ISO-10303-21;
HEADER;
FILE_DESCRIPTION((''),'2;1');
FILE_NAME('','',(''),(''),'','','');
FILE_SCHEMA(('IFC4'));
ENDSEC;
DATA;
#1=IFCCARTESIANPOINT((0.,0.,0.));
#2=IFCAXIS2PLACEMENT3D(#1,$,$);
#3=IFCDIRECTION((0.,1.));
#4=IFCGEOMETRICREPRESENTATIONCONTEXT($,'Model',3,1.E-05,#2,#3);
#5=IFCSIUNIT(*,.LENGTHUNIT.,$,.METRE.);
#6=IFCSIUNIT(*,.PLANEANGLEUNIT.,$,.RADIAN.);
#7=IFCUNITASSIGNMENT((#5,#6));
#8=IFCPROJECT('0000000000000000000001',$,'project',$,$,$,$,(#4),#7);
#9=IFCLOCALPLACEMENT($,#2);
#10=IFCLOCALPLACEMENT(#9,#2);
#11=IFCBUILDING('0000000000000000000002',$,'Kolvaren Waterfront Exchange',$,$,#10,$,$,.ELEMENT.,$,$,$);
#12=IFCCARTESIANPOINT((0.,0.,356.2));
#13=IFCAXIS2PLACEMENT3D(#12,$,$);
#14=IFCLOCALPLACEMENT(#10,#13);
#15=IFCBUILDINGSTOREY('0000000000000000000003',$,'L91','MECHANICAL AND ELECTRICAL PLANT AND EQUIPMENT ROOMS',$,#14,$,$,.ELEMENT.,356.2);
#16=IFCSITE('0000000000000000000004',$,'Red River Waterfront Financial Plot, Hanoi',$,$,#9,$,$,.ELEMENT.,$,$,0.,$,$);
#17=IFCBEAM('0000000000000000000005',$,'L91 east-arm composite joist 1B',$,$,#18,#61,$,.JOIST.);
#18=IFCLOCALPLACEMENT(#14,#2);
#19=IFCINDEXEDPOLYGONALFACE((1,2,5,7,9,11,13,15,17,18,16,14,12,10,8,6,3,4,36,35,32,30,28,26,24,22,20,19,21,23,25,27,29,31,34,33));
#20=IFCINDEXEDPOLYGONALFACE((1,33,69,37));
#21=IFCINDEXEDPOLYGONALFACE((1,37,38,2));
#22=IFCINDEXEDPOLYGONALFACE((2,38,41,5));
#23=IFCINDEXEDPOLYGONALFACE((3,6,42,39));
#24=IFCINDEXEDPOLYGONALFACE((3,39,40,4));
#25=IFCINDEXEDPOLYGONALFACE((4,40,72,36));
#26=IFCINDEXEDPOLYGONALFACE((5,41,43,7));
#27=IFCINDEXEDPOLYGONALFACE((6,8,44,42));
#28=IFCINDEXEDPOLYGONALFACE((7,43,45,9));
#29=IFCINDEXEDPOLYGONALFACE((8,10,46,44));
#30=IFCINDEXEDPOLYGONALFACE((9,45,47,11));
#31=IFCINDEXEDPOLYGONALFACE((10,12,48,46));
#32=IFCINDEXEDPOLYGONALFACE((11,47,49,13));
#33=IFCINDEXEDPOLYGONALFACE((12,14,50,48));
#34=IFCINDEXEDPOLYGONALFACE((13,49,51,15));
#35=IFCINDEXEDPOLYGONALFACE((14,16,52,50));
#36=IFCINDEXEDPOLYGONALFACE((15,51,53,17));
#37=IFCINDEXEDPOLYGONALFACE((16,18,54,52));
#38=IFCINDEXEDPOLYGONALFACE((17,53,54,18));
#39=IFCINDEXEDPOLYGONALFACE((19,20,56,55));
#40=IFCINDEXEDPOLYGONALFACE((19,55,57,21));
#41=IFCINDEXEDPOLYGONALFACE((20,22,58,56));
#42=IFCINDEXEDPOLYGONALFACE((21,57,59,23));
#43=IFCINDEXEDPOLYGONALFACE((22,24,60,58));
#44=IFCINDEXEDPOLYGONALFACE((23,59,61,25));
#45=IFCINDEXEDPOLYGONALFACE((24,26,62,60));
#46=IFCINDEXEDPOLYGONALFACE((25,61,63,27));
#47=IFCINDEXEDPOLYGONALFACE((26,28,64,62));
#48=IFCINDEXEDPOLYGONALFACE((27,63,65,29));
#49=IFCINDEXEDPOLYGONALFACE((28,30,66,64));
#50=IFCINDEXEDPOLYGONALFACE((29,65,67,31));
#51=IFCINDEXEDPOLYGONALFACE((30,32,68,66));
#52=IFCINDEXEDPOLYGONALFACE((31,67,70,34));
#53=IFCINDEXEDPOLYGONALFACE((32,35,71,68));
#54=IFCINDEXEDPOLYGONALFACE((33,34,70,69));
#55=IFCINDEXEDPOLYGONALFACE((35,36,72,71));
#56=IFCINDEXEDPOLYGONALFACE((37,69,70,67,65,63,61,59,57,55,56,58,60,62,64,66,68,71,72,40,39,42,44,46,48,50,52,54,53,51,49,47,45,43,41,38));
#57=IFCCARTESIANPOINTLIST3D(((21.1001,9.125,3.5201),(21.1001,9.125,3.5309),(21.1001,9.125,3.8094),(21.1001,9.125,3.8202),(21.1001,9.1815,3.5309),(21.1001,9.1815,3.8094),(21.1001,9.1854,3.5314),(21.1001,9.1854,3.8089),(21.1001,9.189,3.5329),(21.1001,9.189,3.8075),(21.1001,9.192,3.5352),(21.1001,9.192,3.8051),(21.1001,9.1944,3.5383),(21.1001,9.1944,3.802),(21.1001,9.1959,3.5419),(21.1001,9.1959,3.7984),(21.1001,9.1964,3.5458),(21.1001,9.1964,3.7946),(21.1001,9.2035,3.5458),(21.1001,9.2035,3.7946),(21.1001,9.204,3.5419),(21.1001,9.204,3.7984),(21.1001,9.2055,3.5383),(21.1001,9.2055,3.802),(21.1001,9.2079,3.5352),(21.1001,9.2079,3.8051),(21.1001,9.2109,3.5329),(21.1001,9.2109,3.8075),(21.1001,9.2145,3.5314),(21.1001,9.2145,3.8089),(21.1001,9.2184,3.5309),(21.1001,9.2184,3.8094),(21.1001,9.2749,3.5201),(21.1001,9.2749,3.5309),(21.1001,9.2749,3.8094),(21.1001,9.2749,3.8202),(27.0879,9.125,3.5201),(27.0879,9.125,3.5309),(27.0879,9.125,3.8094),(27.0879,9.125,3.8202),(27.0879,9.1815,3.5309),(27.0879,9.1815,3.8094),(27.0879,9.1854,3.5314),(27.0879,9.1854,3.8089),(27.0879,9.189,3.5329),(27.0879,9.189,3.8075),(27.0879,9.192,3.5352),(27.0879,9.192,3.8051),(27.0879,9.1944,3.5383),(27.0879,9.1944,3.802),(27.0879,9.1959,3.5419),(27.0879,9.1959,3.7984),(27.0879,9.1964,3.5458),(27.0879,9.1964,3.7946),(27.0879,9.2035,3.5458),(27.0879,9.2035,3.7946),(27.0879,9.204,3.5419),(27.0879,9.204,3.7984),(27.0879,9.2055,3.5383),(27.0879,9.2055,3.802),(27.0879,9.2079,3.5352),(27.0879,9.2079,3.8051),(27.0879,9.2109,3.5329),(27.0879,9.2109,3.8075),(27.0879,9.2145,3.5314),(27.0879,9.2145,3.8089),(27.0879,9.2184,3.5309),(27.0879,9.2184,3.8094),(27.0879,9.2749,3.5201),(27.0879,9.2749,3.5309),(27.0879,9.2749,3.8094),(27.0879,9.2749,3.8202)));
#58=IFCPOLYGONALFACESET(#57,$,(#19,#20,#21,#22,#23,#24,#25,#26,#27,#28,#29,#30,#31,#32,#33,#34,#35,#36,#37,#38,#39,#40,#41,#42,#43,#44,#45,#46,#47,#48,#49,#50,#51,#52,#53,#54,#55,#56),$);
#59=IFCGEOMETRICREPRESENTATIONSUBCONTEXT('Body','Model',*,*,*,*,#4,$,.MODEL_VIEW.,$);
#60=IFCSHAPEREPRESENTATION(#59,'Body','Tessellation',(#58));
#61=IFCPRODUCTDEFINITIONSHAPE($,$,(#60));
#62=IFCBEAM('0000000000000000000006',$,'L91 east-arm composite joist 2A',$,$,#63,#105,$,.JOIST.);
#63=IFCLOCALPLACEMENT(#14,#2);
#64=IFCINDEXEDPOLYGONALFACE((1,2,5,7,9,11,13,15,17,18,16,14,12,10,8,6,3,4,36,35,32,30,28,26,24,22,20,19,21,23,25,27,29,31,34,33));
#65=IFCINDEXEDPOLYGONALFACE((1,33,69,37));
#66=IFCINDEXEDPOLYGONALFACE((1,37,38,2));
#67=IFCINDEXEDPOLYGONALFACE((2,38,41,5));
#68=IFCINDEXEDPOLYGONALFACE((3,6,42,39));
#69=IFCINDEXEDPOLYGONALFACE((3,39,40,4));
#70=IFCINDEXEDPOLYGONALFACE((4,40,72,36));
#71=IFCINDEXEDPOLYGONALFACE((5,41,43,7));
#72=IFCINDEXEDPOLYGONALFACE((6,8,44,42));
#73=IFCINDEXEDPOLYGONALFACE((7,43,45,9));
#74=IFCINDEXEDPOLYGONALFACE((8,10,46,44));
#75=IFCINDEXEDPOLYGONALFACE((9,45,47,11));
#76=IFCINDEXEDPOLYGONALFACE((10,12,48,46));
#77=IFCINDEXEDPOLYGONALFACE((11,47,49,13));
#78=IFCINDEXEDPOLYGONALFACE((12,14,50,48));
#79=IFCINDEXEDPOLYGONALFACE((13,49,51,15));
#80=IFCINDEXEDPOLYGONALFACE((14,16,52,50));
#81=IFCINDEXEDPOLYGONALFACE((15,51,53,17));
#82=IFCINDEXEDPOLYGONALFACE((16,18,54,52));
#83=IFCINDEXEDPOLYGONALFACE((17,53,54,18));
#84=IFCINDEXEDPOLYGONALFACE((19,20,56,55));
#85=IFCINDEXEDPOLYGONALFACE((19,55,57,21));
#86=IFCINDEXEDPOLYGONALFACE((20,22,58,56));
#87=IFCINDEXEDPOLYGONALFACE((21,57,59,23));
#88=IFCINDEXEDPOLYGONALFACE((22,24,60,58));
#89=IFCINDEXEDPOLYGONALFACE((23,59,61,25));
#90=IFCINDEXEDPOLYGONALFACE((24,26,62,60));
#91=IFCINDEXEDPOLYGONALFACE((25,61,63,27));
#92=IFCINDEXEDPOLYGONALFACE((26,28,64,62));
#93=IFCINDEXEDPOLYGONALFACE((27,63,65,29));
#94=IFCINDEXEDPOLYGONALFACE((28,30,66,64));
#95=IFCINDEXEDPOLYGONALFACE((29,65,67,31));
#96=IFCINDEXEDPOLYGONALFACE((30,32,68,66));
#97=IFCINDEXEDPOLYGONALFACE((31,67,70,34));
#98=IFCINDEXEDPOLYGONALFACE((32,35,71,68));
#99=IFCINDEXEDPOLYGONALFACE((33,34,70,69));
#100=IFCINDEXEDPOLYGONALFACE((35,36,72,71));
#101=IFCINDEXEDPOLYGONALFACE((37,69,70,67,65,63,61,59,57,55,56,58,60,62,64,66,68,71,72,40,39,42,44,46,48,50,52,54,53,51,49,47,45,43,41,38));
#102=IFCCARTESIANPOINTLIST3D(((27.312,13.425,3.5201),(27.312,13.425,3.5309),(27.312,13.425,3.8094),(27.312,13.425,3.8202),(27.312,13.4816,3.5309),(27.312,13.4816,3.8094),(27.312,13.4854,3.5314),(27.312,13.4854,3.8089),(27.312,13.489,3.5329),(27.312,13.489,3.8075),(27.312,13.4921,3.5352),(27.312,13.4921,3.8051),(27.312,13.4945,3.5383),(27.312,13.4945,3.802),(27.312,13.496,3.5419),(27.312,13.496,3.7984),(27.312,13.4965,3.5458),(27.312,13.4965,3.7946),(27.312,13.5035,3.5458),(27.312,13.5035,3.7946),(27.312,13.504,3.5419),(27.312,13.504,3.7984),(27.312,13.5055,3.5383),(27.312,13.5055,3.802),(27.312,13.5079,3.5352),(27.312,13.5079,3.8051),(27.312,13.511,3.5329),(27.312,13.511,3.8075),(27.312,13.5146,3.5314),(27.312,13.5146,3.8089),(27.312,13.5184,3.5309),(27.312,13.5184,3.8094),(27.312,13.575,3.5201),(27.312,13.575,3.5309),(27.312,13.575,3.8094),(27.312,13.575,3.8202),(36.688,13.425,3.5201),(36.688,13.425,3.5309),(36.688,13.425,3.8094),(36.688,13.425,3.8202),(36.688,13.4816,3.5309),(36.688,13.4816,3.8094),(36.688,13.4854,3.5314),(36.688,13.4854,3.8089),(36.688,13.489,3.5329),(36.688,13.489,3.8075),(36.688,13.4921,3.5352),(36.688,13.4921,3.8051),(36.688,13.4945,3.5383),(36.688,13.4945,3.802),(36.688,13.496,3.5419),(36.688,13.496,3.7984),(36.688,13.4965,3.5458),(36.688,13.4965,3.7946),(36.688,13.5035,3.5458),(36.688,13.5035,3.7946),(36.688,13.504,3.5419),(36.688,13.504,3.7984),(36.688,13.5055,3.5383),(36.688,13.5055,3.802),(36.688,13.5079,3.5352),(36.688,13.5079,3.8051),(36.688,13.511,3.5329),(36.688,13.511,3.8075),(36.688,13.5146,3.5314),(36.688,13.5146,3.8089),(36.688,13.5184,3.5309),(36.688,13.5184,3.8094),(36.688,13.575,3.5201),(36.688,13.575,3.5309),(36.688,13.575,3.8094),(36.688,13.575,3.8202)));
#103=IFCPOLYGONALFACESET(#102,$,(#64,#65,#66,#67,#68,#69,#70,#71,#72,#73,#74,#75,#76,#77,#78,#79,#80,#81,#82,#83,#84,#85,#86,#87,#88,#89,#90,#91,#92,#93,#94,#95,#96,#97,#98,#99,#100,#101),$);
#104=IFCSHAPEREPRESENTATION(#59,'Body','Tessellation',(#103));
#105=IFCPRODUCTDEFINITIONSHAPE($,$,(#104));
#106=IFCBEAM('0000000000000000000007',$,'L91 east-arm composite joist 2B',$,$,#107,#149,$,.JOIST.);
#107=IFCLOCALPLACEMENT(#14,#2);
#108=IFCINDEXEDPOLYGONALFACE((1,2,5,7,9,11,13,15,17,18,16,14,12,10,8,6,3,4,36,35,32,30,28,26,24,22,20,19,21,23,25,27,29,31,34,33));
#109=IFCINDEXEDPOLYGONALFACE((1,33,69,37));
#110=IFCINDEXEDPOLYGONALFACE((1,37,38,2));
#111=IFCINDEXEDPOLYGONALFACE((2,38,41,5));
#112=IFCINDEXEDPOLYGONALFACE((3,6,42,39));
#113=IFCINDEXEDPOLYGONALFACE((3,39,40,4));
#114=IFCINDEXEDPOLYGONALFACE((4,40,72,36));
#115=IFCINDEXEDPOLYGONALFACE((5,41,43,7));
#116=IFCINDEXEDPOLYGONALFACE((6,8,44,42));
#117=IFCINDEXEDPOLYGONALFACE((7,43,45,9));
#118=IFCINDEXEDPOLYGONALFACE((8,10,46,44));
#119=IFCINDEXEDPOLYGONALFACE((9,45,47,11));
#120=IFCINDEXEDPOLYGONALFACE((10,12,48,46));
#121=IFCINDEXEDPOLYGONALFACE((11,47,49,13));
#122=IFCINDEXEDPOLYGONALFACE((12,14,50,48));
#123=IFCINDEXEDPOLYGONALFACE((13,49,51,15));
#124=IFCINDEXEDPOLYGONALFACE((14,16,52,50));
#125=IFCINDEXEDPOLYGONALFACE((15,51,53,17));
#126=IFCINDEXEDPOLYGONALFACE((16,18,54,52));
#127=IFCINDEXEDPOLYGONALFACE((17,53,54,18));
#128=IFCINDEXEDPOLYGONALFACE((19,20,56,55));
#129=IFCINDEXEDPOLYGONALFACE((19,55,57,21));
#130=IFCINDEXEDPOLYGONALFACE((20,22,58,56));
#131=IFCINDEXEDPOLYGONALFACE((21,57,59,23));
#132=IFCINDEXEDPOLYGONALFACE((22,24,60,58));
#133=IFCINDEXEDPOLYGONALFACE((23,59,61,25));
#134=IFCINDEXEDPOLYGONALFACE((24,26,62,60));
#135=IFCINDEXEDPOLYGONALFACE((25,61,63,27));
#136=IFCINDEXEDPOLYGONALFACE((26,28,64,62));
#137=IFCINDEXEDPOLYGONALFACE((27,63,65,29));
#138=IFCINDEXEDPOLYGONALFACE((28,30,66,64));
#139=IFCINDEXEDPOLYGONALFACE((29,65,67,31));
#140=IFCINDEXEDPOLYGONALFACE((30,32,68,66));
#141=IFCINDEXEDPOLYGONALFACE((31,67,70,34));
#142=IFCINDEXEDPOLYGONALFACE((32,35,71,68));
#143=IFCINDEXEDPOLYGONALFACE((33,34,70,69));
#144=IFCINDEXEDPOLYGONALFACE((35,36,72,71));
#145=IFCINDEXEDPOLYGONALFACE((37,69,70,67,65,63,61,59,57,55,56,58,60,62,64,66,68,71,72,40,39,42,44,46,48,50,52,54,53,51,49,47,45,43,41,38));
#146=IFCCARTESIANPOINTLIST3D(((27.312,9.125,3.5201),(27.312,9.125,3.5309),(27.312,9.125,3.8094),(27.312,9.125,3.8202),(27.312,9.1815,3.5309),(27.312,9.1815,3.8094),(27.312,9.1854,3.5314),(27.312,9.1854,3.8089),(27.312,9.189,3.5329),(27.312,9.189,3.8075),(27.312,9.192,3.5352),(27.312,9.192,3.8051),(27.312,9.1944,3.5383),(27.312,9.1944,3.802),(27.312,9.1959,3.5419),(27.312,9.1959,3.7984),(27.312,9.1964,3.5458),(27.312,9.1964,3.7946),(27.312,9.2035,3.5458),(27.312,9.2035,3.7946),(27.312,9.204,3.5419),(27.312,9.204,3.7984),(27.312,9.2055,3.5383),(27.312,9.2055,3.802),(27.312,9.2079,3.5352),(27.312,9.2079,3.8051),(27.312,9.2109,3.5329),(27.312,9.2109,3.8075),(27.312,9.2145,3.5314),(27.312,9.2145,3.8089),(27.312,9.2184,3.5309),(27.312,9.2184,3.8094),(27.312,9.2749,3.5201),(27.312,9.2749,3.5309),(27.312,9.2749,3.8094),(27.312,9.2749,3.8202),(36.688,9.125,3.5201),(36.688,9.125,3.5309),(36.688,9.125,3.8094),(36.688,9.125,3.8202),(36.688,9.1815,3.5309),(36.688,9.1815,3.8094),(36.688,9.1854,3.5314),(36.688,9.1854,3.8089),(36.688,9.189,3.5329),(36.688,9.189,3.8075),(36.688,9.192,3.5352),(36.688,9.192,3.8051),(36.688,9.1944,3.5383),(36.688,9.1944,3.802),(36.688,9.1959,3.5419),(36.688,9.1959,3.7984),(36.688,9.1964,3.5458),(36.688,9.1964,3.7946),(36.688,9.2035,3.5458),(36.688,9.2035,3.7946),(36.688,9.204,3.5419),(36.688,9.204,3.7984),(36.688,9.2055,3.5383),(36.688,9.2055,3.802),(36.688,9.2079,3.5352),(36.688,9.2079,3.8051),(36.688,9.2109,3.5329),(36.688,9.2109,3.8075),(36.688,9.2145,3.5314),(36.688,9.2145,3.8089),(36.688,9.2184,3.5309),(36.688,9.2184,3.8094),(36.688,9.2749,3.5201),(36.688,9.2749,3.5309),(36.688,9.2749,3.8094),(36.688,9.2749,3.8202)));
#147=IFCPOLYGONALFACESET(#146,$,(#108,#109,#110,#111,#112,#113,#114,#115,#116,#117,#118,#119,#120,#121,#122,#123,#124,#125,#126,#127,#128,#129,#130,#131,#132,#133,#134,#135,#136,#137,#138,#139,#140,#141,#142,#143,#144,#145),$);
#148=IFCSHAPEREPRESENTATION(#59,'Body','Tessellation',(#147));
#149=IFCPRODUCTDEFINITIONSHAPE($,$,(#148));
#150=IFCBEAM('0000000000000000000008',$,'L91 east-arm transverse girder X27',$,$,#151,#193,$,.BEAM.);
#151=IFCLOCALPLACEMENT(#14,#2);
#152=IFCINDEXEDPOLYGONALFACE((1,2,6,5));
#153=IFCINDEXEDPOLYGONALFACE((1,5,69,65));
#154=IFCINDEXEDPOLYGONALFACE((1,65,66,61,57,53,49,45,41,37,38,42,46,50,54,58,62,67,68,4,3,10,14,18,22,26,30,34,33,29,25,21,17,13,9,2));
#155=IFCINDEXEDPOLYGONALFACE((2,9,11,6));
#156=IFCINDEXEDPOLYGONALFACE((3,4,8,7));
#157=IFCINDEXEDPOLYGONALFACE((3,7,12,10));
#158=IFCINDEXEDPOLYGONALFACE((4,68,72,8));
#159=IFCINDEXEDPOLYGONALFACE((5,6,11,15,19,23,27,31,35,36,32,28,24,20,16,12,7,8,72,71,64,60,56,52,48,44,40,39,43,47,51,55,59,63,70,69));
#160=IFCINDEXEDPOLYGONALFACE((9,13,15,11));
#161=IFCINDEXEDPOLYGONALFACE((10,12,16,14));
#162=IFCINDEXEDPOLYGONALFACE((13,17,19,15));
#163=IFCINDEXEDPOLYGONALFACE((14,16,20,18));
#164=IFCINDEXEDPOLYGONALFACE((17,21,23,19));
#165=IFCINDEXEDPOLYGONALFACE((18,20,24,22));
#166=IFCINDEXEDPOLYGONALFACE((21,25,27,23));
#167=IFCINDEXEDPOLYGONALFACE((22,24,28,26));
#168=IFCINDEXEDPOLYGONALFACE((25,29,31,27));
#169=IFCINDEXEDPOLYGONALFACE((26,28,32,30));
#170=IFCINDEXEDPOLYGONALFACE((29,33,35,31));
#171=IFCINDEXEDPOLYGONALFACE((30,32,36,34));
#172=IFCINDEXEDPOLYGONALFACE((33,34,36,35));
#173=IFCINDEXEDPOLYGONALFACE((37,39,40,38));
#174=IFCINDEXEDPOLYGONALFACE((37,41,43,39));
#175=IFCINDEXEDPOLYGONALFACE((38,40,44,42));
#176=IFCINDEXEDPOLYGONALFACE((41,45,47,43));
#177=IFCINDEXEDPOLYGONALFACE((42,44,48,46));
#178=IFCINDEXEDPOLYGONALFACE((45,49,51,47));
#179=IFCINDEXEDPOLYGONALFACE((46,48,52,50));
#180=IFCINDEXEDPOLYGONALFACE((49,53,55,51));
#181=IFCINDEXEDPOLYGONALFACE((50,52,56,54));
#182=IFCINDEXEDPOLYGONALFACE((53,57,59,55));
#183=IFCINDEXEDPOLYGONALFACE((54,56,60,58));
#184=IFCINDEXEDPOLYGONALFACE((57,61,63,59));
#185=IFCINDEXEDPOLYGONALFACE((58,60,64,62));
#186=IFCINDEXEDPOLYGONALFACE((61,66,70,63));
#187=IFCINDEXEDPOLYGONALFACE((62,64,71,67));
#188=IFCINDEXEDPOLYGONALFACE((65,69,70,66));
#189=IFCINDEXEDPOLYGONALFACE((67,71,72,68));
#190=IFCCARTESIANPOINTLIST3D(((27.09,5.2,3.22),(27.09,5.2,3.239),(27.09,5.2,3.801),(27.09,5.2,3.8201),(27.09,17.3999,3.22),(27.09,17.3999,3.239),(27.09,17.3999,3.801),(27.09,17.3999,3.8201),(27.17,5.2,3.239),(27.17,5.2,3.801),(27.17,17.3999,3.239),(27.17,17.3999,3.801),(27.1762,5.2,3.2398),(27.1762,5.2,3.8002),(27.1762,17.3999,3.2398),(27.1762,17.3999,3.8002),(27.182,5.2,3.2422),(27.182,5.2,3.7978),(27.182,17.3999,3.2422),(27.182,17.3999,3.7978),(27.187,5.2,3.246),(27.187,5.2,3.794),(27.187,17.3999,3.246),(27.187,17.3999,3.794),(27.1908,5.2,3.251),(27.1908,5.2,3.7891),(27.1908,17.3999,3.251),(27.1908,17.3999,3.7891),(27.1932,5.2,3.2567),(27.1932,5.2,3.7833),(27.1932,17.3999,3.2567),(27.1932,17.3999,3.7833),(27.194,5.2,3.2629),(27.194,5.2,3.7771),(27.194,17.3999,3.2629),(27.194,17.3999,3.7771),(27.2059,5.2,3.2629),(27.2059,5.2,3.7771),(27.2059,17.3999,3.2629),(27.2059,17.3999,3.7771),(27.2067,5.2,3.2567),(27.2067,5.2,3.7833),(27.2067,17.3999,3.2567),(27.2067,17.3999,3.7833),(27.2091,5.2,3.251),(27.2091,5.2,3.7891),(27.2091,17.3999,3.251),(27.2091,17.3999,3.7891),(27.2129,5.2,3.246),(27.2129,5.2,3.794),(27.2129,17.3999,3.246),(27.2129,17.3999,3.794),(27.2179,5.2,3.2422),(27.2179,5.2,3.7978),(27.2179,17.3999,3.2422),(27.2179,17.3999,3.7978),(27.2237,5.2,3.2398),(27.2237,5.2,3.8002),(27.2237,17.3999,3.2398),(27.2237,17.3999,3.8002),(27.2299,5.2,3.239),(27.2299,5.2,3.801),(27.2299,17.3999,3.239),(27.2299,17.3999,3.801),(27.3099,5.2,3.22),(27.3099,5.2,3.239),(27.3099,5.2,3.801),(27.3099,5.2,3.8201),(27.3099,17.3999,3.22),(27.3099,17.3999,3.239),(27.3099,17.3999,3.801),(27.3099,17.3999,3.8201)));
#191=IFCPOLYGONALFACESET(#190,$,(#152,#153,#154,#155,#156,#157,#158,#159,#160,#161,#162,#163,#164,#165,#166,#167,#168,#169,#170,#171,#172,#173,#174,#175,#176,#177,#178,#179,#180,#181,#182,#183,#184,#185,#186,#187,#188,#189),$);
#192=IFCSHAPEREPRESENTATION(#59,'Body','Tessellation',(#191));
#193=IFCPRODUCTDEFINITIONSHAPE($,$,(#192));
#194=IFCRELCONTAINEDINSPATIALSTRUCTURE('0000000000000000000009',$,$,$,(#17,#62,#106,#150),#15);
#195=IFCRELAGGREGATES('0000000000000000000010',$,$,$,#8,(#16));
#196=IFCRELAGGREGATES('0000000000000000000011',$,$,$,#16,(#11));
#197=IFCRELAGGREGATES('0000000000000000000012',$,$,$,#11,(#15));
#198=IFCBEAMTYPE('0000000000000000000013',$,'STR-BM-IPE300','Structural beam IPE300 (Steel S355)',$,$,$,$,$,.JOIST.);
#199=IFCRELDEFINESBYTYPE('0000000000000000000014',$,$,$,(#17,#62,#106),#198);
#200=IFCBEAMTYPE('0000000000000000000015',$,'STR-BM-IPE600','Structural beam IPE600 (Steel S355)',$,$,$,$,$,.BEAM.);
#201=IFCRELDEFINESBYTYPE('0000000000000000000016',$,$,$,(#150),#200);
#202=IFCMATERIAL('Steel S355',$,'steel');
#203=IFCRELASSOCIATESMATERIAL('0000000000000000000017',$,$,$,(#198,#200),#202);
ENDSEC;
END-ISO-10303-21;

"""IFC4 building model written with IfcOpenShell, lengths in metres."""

from ifc_helpers import new_model, si_unit, direction, frame, origin, origin_2d, place, context, subcontext, project, spatial, i_section, extrude, material, material_profile, profile_set, type_object, element, save


model = new_model("IFC4")

# Units and contexts
model_context = context("Model", 3, precision=1e-05, world=origin(), true_north=direction((0.0, 1.0)))
body_context = subcontext(model_context, "Body", "Model", "MODEL_VIEW")
ifc_project = project(units=[si_unit("LENGTHUNIT", "METRE"), si_unit("PLANEANGLEUNIT", "RADIAN")], contexts=[model_context])

# Site, building, storey
site_placement = place(None, origin())
site = spatial("IfcSite", under=ifc_project, at=site_placement, Name="Red River Waterfront Financial Plot, Hanoi", CompositionType="ELEMENT", RefElevation=0.0)
building_placement = place(site_placement, origin())
building = spatial("IfcBuilding", under=site, at=building_placement, Name="Kolvaren Waterfront Exchange", CompositionType="ELEMENT")
storey_placement = place(building_placement, frame((0.0, 0.0, 356.2)))
storey = spatial("IfcBuildingStorey", under=building, at=storey_placement, Name="L91", Description="MECHANICAL AND ELECTRICAL PLANT AND EQUIPMENT ROOMS", CompositionType="ELEMENT", Elevation=356.2)

# Beams
ifc_material_1 = material(Name="Steel S355", Category="steel")
ifc_material_profile_1 = material_profile(ifc_material_1, i_section(OverallWidth=0.1499, OverallDepth=0.3, WebThickness=0.0071, FlangeThickness=0.0107, FilletRadius=0.0149, at=origin_2d()), Name="IPE300")
ifc_profile_set_1 = profile_set([ifc_material_profile_1], Name="Steel S355")
beam_type_1 = type_object("IfcBeamType", Name="STR-BM-IPE300", Description="Structural beam IPE300 (Steel S355)", PredefinedType="JOIST", material=ifc_profile_set_1)
for number, where, z_axis, x_axis, name in (
    (1, (21.1001, 9.2, 3.6702), (1.0, 0.0, 0.0), (0.0, 1.0, 0.0), "L91 east-arm composite joist 1B"),
):
    element("IfcBeam", number, at=place(storey_placement, frame(where, z_axis=z_axis, x_axis=x_axis)), inside=storey, type_object=beam_type_1, Name=name, PredefinedType="JOIST", context=body_context, shape_type="SweptSolid", body=[
        extrude(i_section(OverallWidth=0.1499, OverallDepth=0.3, WebThickness=0.0071, FlangeThickness=0.0107, FilletRadius=0.0149, at=origin_2d()), origin(), (0.0, 0.0, 1.0), 5.9878),
    ])
for number, where, z_axis, x_axis, name in (
    (2, (27.312, 13.5, 3.6702), (1.0, 0.0, 0.0), (0.0, 1.0, 0.0), "L91 east-arm composite joist 2A"),
    (3, (27.312, 9.2, 3.6702), (1.0, 0.0, 0.0), (0.0, 1.0, 0.0), "L91 east-arm composite joist 2B"),
):
    element("IfcBeam", number, at=place(storey_placement, frame(where, z_axis=z_axis, x_axis=x_axis)), inside=storey, type_object=beam_type_1, Name=name, PredefinedType="JOIST", context=body_context, shape_type="SweptSolid", body=[
        extrude(i_section(OverallWidth=0.1499, OverallDepth=0.3, WebThickness=0.0071, FlangeThickness=0.0107, FilletRadius=0.0149, at=origin_2d()), origin(), (0.0, 0.0, 1.0), 9.376),
    ])
ifc_material_profile_2 = material_profile(ifc_material_1, i_section(OverallWidth=0.22, OverallDepth=0.6001, WebThickness=0.012, FlangeThickness=0.019, FilletRadius=0.0239, at=origin_2d()), Name="IPE600")
ifc_profile_set_2 = profile_set([ifc_material_profile_2], Name="Steel S355")
beam_type_2 = type_object("IfcBeamType", Name="STR-BM-IPE600", Description="Structural beam IPE600 (Steel S355)", PredefinedType="BEAM", material=ifc_profile_set_2)
beam_1_placement = place(storey_placement, frame((27.2, 5.2, 3.52), z_axis=(0.0, 1.0, 0.0), x_axis=(-1.0, 0.0, 0.0)))
element("IfcBeam", 4, at=beam_1_placement, inside=storey, type_object=beam_type_2, Name="L91 east-arm transverse girder X27", PredefinedType="BEAM", context=body_context, shape_type="SweptSolid", body=[
    extrude(i_section(OverallWidth=0.22, OverallDepth=0.6001, WebThickness=0.012, FlangeThickness=0.019, FilletRadius=0.0239, at=origin_2d()), origin(), (0.0, 0.0, 1.0), 12.2),
])

save(model, "model.ifc")
